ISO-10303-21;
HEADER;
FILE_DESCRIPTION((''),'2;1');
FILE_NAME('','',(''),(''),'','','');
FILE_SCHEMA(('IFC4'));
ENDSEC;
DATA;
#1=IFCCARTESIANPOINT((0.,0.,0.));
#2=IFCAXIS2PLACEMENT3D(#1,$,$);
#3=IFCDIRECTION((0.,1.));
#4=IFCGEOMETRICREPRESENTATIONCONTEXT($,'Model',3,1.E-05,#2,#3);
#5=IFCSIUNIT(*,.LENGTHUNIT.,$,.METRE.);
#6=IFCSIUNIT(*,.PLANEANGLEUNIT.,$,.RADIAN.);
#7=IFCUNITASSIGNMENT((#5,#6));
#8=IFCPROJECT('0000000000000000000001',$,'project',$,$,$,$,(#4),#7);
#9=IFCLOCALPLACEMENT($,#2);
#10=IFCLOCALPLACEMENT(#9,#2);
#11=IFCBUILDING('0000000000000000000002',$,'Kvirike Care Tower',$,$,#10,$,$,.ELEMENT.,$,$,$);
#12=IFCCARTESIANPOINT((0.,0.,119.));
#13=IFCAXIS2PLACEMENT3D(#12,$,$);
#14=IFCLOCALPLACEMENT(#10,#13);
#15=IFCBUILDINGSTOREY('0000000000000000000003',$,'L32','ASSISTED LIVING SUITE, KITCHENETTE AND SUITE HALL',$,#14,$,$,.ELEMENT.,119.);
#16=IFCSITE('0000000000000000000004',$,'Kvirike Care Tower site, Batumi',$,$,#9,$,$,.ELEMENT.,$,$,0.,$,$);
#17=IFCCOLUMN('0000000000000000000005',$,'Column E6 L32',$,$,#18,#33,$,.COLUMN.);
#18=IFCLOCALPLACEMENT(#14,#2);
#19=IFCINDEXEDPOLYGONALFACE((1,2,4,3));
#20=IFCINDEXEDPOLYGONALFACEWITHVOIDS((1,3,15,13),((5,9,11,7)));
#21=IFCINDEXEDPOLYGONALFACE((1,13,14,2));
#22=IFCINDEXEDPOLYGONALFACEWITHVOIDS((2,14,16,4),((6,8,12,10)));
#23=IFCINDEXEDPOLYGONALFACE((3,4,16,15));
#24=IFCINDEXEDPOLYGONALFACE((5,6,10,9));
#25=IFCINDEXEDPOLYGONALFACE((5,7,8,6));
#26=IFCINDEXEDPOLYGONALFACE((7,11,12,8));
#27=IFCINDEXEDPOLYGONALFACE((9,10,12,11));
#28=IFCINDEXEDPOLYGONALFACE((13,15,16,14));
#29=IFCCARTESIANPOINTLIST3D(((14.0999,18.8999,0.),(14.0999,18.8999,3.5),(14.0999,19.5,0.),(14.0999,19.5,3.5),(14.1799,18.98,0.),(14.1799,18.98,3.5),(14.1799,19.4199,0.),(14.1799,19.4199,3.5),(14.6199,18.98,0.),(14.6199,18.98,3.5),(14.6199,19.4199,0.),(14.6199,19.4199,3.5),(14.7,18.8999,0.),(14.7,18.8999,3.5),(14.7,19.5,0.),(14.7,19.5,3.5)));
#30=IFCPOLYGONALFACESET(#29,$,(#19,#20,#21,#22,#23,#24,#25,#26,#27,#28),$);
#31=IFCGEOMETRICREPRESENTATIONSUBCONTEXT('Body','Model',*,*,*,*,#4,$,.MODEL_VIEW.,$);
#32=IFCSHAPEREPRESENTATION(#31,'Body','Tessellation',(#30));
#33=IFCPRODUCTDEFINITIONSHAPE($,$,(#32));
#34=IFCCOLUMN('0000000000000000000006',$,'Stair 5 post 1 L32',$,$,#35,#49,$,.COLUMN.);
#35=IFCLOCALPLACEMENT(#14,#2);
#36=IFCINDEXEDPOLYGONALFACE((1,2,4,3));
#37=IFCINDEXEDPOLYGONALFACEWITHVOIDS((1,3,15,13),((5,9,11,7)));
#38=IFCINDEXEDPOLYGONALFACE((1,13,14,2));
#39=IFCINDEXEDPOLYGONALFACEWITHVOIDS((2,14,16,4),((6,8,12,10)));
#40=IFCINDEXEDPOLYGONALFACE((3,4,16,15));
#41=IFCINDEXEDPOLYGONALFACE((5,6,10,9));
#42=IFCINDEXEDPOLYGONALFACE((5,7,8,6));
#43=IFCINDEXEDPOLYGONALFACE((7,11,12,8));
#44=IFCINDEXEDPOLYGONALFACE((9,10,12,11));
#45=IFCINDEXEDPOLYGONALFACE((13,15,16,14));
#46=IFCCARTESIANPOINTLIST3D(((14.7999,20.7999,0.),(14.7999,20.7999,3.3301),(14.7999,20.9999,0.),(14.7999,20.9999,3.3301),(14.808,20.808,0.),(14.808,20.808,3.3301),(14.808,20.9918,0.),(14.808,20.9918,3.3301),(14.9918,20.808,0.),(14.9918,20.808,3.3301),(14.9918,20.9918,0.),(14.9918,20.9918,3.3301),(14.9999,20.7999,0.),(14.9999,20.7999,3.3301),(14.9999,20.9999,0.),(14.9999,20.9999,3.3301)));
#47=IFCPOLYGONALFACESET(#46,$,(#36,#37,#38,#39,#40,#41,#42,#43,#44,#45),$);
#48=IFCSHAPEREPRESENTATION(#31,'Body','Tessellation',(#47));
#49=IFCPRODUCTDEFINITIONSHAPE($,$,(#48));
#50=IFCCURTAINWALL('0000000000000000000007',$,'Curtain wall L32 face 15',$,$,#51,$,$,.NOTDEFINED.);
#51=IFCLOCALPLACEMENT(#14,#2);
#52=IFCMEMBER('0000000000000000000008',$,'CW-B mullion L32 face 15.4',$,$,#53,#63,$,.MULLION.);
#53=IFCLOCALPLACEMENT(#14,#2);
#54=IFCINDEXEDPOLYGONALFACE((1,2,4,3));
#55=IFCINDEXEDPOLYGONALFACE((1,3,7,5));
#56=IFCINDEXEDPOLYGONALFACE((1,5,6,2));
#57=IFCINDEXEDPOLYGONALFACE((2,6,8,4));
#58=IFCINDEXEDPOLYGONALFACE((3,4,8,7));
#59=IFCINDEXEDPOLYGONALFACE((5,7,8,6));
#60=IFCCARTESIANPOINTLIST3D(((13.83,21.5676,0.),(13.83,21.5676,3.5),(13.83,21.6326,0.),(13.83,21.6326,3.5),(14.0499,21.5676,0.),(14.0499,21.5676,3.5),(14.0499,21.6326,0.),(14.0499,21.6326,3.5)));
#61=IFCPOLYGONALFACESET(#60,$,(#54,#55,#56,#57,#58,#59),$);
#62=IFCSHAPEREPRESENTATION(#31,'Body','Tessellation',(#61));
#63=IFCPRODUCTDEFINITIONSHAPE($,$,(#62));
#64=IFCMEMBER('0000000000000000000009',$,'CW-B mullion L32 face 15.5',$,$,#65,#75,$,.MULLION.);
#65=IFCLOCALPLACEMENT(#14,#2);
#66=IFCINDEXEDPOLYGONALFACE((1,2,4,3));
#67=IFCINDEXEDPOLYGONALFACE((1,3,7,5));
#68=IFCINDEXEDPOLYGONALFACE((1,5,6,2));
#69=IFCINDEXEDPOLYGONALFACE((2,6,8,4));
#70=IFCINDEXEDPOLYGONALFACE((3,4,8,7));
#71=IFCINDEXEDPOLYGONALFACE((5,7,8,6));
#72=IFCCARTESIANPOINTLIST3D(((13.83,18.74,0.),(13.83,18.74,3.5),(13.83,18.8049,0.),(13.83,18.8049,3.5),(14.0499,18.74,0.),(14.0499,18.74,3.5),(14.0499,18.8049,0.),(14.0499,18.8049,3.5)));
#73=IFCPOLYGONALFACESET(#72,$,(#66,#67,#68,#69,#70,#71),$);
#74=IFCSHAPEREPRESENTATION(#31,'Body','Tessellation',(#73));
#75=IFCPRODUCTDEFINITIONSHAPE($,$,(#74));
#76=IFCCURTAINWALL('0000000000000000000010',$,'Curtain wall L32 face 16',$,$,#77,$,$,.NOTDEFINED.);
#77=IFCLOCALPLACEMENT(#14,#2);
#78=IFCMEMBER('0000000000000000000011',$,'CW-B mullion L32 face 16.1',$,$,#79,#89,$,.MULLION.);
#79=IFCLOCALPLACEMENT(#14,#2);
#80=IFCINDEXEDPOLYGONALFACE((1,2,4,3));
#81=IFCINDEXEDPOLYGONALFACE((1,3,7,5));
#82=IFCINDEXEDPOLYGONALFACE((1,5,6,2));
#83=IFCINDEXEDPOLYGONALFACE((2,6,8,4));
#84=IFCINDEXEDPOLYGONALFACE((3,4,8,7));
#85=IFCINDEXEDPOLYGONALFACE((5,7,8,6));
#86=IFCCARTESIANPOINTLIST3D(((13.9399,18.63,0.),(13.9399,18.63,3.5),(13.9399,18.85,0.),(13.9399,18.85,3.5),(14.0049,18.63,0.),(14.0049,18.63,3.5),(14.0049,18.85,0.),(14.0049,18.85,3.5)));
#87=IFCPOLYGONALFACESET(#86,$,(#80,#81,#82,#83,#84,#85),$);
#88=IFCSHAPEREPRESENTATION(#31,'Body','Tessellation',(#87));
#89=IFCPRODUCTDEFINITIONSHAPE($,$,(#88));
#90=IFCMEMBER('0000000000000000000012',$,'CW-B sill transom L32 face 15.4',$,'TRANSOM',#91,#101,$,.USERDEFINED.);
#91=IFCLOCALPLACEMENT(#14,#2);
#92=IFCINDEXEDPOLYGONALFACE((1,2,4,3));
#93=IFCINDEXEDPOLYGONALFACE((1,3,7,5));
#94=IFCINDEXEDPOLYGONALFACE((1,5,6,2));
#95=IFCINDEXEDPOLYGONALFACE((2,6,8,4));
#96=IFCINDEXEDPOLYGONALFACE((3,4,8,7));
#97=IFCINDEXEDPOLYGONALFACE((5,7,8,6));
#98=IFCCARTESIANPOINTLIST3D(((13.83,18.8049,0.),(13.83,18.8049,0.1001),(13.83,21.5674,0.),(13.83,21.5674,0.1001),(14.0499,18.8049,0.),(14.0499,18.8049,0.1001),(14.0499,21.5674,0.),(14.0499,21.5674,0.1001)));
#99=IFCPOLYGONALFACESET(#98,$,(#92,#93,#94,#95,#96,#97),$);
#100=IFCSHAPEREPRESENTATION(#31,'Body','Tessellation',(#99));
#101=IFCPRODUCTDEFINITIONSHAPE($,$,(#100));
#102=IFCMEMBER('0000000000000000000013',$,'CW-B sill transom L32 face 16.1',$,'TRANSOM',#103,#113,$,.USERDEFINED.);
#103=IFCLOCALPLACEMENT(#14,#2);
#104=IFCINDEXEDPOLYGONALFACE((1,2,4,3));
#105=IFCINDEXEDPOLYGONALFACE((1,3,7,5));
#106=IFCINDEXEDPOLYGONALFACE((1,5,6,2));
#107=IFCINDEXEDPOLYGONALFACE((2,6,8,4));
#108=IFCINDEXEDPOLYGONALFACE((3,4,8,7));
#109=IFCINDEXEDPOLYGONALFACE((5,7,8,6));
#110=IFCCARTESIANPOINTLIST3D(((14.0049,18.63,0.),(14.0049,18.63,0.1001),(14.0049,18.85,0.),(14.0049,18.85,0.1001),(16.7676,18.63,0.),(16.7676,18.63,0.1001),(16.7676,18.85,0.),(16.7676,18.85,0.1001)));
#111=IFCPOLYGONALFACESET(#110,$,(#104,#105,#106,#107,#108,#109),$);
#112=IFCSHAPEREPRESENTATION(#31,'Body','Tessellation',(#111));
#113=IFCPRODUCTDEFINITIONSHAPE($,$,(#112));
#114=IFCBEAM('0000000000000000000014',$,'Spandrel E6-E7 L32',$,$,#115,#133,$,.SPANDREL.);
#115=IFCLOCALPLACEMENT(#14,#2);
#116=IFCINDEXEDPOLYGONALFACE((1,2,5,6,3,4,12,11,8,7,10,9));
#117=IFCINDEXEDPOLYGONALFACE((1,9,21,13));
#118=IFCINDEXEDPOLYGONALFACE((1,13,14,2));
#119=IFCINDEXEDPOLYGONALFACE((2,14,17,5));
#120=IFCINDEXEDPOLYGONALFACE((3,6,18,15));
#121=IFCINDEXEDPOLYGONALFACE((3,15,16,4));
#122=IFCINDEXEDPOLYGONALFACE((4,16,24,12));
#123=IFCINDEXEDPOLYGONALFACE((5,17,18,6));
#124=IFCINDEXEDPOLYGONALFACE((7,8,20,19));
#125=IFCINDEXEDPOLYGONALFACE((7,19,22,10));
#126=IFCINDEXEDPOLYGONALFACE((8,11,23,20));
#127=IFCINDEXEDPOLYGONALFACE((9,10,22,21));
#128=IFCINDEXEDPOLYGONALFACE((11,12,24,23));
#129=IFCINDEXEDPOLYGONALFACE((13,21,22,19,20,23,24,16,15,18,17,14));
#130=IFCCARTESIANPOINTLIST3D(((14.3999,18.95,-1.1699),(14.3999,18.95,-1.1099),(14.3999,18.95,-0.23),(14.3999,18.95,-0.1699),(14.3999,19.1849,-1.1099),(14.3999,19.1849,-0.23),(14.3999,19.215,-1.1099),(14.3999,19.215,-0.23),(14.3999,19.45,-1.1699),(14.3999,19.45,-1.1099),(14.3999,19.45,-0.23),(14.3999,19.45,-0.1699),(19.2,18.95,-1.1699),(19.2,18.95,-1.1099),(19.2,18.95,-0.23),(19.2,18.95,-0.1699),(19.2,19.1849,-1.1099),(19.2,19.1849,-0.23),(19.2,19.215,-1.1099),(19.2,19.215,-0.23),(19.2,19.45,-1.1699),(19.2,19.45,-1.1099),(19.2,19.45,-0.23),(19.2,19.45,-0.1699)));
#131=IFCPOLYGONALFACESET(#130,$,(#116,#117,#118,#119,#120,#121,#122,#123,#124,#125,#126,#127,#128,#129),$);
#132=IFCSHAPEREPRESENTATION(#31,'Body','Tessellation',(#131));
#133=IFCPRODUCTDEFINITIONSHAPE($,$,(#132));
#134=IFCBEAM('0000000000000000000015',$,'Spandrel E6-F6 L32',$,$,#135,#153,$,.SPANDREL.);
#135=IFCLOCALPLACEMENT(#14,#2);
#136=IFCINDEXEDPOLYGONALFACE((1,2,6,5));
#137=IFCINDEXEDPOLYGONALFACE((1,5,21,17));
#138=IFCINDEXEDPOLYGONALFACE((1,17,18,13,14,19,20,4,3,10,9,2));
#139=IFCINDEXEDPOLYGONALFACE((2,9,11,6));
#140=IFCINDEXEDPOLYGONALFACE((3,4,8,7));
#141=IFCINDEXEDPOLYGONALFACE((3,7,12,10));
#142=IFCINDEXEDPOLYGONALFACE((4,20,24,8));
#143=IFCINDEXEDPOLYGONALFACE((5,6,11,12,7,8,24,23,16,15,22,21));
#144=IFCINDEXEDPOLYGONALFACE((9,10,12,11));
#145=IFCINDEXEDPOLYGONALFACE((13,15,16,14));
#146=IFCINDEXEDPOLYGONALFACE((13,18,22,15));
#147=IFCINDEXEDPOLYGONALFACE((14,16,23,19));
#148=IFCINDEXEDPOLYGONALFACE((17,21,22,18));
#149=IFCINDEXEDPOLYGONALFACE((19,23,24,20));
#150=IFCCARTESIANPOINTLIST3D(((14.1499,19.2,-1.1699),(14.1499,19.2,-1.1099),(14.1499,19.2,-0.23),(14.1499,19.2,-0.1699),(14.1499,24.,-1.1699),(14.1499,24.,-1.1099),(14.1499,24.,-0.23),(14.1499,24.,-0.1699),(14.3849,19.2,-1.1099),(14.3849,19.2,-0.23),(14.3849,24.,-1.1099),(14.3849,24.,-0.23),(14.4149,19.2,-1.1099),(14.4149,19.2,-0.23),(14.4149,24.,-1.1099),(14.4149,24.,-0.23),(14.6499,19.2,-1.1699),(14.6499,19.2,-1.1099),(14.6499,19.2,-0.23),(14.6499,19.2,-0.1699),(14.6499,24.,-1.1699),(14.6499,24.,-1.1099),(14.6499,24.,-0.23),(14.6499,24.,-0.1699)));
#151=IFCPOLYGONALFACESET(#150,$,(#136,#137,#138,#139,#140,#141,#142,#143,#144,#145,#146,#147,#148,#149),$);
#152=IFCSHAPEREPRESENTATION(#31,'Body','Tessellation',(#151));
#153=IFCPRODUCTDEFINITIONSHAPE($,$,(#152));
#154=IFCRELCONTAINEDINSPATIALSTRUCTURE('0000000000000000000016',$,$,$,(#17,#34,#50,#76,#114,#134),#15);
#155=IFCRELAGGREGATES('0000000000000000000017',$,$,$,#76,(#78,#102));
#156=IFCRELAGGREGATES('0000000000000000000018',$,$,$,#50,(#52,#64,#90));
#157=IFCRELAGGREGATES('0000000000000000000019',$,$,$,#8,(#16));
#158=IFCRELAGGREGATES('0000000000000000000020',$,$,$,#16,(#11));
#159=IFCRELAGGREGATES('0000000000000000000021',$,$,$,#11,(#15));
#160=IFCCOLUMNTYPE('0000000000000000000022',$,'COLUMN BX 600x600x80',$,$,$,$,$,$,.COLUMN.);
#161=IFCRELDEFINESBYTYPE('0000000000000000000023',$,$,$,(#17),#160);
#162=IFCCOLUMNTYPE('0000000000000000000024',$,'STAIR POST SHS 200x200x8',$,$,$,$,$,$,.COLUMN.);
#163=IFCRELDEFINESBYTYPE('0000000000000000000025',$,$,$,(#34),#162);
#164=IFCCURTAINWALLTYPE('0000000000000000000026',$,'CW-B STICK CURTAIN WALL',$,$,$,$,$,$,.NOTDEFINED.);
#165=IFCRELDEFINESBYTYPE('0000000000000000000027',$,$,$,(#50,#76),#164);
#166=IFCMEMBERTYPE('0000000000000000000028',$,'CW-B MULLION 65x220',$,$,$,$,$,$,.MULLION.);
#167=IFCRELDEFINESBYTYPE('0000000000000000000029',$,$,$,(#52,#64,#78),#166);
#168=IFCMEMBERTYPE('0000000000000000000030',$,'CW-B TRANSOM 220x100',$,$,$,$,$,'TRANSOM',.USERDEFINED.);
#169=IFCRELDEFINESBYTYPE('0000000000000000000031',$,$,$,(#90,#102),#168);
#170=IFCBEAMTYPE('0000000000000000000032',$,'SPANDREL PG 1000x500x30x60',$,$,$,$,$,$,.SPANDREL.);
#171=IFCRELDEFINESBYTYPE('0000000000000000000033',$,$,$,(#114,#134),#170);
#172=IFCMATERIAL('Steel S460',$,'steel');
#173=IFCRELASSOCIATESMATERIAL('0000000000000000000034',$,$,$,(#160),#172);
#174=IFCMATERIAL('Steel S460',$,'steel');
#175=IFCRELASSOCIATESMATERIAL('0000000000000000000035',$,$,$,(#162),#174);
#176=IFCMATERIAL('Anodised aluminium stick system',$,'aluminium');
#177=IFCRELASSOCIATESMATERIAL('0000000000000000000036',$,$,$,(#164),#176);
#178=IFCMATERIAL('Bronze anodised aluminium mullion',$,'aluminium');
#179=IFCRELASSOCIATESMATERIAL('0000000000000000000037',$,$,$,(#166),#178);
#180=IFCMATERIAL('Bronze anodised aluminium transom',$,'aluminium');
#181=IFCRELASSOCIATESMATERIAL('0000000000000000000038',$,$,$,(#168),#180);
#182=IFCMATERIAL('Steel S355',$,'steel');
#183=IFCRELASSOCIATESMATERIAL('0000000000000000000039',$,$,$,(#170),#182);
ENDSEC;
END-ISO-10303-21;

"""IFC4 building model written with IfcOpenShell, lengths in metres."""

from ifc_helpers import new_model, si_unit, direction, frame, origin, origin_2d, place, context, subcontext, project, spatial, rectangle, hollow_rectangle, i_section, extrude, material, material_profile, profile_set, type_object, element, aggregate, save


model = new_model("IFC4")

# Units and contexts
model_context = context("Model", 3, precision=1e-05, world=origin(), true_north=direction((0.0, 1.0)))
body_context = subcontext(model_context, "Body", "Model", "MODEL_VIEW")
ifc_project = project(units=[si_unit("LENGTHUNIT", "METRE"), si_unit("PLANEANGLEUNIT", "RADIAN")], contexts=[model_context])

# Site, building, storey
site_placement = place(None, origin())
site = spatial("IfcSite", under=ifc_project, at=site_placement, Name="Kvirike Care Tower site, Batumi", CompositionType="ELEMENT", RefElevation=0.0)
building_placement = place(site_placement, origin())
building = spatial("IfcBuilding", under=site, at=building_placement, Name="Kvirike Care Tower", CompositionType="ELEMENT")
storey_placement = place(building_placement, frame((0.0, 0.0, 119.0)))
storey = spatial("IfcBuildingStorey", under=building, at=storey_placement, Name="L32", Description="ASSISTED LIVING SUITE, KITCHENETTE AND SUITE HALL", CompositionType="ELEMENT", Elevation=119.0)

# Columns
ifc_material_1 = material(Name="Steel S460", Category="steel")
ifc_material_profile_1 = material_profile(ifc_material_1, hollow_rectangle(XDim=0.6001, YDim=0.6001, WallThickness=0.0801, at=origin_2d()), Name="BX 600x600x80")
ifc_profile_set_1 = profile_set([ifc_material_profile_1], Name="Steel S460")
column_type_1 = type_object("IfcColumnType", Name="COLUMN BX 600x600x80", PredefinedType="COLUMN", material=ifc_profile_set_1)
column_1_placement = place(storey_placement, frame((14.3999, 19.2, 0.0), z_axis=(0.0, 0.0, 1.0), x_axis=(0.0, 1.0, 0.0)))
element("IfcColumn", 1, at=column_1_placement, inside=storey, type_object=column_type_1, Name="Column E6 L32", PredefinedType="COLUMN", context=body_context, shape_type="SweptSolid", body=[
    extrude(hollow_rectangle(XDim=0.6001, YDim=0.6001, WallThickness=0.0801, at=origin_2d()), origin(), (0.0, 0.0, 1.0), 3.5),
])
ifc_material_2 = material(Name="Steel S460", Category="steel")
ifc_material_profile_2 = material_profile(ifc_material_2, hollow_rectangle(XDim=0.2, YDim=0.2, WallThickness=0.0081, at=origin_2d()), Name="SHS 200x200x8")
ifc_profile_set_2 = profile_set([ifc_material_profile_2], Name="Steel S460")
column_type_2 = type_object("IfcColumnType", Name="STAIR POST SHS 200x200x8", PredefinedType="COLUMN", material=ifc_profile_set_2)
column_2_placement = place(storey_placement, frame((14.8999, 20.8999, 0.0), z_axis=(0.0, 0.0, 1.0), x_axis=(1.0, 0.0, 0.0)))
element("IfcColumn", 2, at=column_2_placement, inside=storey, type_object=column_type_2, Name="Stair 5 post 1 L32", PredefinedType="COLUMN", context=body_context, shape_type="SweptSolid", body=[
    extrude(hollow_rectangle(XDim=0.2, YDim=0.2, WallThickness=0.0081, at=origin_2d()), origin(), (0.0, 0.0, 1.0), 3.3301),
])

# Curtain wall, members
ifc_material_3 = material(Name="Anodised aluminium stick system", Category="aluminium")
curtain_wall_type = type_object("IfcCurtainWallType", Name="CW-B STICK CURTAIN WALL", PredefinedType="NOTDEFINED", material=ifc_material_3)
curtain_wall_1_placement = place(storey_placement, origin())
curtain_wall_1 = element("IfcCurtainWall", 3, at=curtain_wall_1_placement, inside=storey, type_object=curtain_wall_type, Name="Curtain wall L32 face 15", PredefinedType="NOTDEFINED")
ifc_material_4 = material(Name="Bronze anodised aluminium mullion", Category="aluminium")
ifc_material_profile_3 = material_profile(ifc_material_4, rectangle(XDim=0.0649, YDim=0.22, at=origin_2d()), Name="CW-B MULLION 65x220")
ifc_profile_set_3 = profile_set([ifc_material_profile_3], Name="Bronze anodised aluminium mullion")
member_type_1 = type_object("IfcMemberType", Name="CW-B MULLION 65x220", PredefinedType="MULLION", material=ifc_profile_set_3)
member_1_placement = place(storey_placement, frame((13.9399, 21.6001, 0.0), z_axis=(0.0, 0.0, 1.0), x_axis=(0.0, -1.0, 0.0)))
member_1 = element("IfcMember", 4, at=member_1_placement, type_object=member_type_1, Name="CW-B mullion L32 face 15.4", PredefinedType="MULLION", context=body_context, shape_type="SweptSolid", body=[
    extrude(rectangle(XDim=0.0649, YDim=0.22, at=origin_2d()), origin(), (0.0, 0.0, 1.0), 3.5),
])
member_2_placement = place(storey_placement, frame((13.9399, 18.7725, 0.0), z_axis=(0.0, 0.0, 1.0), x_axis=(0.0, -1.0, 0.0)))
member_2 = element("IfcMember", 5, at=member_2_placement, type_object=member_type_1, Name="CW-B mullion L32 face 15.5", PredefinedType="MULLION", context=body_context, shape_type="SweptSolid", body=[
    extrude(rectangle(XDim=0.0649, YDim=0.22, at=origin_2d()), origin(), (0.0, 0.0, 1.0), 3.5),
])

# Curtain wall, member
curtain_wall_2_placement = place(storey_placement, origin())
curtain_wall_2 = element("IfcCurtainWall", 6, at=curtain_wall_2_placement, inside=storey, type_object=curtain_wall_type, Name="Curtain wall L32 face 16", PredefinedType="NOTDEFINED")
member_3_placement = place(storey_placement, frame((13.9724, 18.74, 0.0), z_axis=(0.0, 0.0, 1.0), x_axis=(1.0, 0.0, 0.0)))
member_3 = element("IfcMember", 7, at=member_3_placement, type_object=member_type_1, Name="CW-B mullion L32 face 16.1", PredefinedType="MULLION", context=body_context, shape_type="SweptSolid", body=[
    extrude(rectangle(XDim=0.0649, YDim=0.22, at=origin_2d()), origin(), (0.0, 0.0, 1.0), 3.5),
])

# Members
ifc_material_5 = material(Name="Bronze anodised aluminium transom", Category="aluminium")
ifc_material_profile_4 = material_profile(ifc_material_5, rectangle(XDim=0.22, YDim=0.1001, at=origin_2d()), Name="CW-B TRANSOM 220x100")
ifc_profile_set_4 = profile_set([ifc_material_profile_4], Name="Bronze anodised aluminium transom")
member_type_2 = type_object("IfcMemberType", Name="CW-B TRANSOM 220x100", ElementType="TRANSOM", PredefinedType="USERDEFINED", material=ifc_profile_set_4)
member_4_placement = place(storey_placement, frame((13.9399, 21.5674, 0.05), z_axis=(0.0, -1.0, 0.0), x_axis=(1.0, 0.0, 0.0)))
member_4 = element("IfcMember", 8, at=member_4_placement, type_object=member_type_2, Name="CW-B sill transom L32 face 15.4", ObjectType="TRANSOM", PredefinedType="USERDEFINED", context=body_context, shape_type="SweptSolid", body=[
    extrude(rectangle(XDim=0.22, YDim=0.1001, at=origin_2d()), origin(), (0.0, 0.0, 1.0), 2.7625),
])
member_5_placement = place(storey_placement, frame((14.0049, 18.74, 0.05), z_axis=(1.0, 0.0, 0.0), x_axis=(0.0, 1.0, 0.0)))
member_5 = element("IfcMember", 9, at=member_5_placement, type_object=member_type_2, Name="CW-B sill transom L32 face 16.1", ObjectType="TRANSOM", PredefinedType="USERDEFINED", context=body_context, shape_type="SweptSolid", body=[
    extrude(rectangle(XDim=0.22, YDim=0.1001, at=origin_2d()), origin(), (0.0, 0.0, 1.0), 2.7627),
])
aggregate(curtain_wall_2, [member_3, member_5])

# Beams
ifc_material_6 = material(Name="Steel S355", Category="steel")
ifc_material_profile_5 = material_profile(ifc_material_6, i_section(OverallWidth=0.5, OverallDepth=1.0, WebThickness=0.03, FlangeThickness=0.0601, at=origin_2d()), Name="PG 1000x500x30x60")
ifc_profile_set_5 = profile_set([ifc_material_profile_5], Name="Steel S355")
beam_type = type_object("IfcBeamType", Name="SPANDREL PG 1000x500x30x60", PredefinedType="SPANDREL", material=ifc_profile_set_5)
for number, where, z_axis, x_axis, name in (
    (10, (14.3999, 19.2, -0.6699), (1.0, 0.0, 0.0), (0.0, 1.0, 0.0), "Spandrel E6-E7 L32"),
    (11, (14.3999, 19.2, -0.6699), (0.0, 1.0, 0.0), (-1.0, 0.0, 0.0), "Spandrel E6-F6 L32"),
):
    element("IfcBeam", number, at=place(storey_placement, frame(where, z_axis=z_axis, x_axis=x_axis)), inside=storey, type_object=beam_type, Name=name, PredefinedType="SPANDREL", context=body_context, shape_type="SweptSolid", body=[
        extrude(i_section(OverallWidth=0.5, OverallDepth=1.0, WebThickness=0.03, FlangeThickness=0.0601, at=origin_2d()), origin(), (0.0, 0.0, 1.0), 4.8),
    ])

aggregate(curtain_wall_1, [member_1, member_2, member_4])

save(model, "model.ifc")
